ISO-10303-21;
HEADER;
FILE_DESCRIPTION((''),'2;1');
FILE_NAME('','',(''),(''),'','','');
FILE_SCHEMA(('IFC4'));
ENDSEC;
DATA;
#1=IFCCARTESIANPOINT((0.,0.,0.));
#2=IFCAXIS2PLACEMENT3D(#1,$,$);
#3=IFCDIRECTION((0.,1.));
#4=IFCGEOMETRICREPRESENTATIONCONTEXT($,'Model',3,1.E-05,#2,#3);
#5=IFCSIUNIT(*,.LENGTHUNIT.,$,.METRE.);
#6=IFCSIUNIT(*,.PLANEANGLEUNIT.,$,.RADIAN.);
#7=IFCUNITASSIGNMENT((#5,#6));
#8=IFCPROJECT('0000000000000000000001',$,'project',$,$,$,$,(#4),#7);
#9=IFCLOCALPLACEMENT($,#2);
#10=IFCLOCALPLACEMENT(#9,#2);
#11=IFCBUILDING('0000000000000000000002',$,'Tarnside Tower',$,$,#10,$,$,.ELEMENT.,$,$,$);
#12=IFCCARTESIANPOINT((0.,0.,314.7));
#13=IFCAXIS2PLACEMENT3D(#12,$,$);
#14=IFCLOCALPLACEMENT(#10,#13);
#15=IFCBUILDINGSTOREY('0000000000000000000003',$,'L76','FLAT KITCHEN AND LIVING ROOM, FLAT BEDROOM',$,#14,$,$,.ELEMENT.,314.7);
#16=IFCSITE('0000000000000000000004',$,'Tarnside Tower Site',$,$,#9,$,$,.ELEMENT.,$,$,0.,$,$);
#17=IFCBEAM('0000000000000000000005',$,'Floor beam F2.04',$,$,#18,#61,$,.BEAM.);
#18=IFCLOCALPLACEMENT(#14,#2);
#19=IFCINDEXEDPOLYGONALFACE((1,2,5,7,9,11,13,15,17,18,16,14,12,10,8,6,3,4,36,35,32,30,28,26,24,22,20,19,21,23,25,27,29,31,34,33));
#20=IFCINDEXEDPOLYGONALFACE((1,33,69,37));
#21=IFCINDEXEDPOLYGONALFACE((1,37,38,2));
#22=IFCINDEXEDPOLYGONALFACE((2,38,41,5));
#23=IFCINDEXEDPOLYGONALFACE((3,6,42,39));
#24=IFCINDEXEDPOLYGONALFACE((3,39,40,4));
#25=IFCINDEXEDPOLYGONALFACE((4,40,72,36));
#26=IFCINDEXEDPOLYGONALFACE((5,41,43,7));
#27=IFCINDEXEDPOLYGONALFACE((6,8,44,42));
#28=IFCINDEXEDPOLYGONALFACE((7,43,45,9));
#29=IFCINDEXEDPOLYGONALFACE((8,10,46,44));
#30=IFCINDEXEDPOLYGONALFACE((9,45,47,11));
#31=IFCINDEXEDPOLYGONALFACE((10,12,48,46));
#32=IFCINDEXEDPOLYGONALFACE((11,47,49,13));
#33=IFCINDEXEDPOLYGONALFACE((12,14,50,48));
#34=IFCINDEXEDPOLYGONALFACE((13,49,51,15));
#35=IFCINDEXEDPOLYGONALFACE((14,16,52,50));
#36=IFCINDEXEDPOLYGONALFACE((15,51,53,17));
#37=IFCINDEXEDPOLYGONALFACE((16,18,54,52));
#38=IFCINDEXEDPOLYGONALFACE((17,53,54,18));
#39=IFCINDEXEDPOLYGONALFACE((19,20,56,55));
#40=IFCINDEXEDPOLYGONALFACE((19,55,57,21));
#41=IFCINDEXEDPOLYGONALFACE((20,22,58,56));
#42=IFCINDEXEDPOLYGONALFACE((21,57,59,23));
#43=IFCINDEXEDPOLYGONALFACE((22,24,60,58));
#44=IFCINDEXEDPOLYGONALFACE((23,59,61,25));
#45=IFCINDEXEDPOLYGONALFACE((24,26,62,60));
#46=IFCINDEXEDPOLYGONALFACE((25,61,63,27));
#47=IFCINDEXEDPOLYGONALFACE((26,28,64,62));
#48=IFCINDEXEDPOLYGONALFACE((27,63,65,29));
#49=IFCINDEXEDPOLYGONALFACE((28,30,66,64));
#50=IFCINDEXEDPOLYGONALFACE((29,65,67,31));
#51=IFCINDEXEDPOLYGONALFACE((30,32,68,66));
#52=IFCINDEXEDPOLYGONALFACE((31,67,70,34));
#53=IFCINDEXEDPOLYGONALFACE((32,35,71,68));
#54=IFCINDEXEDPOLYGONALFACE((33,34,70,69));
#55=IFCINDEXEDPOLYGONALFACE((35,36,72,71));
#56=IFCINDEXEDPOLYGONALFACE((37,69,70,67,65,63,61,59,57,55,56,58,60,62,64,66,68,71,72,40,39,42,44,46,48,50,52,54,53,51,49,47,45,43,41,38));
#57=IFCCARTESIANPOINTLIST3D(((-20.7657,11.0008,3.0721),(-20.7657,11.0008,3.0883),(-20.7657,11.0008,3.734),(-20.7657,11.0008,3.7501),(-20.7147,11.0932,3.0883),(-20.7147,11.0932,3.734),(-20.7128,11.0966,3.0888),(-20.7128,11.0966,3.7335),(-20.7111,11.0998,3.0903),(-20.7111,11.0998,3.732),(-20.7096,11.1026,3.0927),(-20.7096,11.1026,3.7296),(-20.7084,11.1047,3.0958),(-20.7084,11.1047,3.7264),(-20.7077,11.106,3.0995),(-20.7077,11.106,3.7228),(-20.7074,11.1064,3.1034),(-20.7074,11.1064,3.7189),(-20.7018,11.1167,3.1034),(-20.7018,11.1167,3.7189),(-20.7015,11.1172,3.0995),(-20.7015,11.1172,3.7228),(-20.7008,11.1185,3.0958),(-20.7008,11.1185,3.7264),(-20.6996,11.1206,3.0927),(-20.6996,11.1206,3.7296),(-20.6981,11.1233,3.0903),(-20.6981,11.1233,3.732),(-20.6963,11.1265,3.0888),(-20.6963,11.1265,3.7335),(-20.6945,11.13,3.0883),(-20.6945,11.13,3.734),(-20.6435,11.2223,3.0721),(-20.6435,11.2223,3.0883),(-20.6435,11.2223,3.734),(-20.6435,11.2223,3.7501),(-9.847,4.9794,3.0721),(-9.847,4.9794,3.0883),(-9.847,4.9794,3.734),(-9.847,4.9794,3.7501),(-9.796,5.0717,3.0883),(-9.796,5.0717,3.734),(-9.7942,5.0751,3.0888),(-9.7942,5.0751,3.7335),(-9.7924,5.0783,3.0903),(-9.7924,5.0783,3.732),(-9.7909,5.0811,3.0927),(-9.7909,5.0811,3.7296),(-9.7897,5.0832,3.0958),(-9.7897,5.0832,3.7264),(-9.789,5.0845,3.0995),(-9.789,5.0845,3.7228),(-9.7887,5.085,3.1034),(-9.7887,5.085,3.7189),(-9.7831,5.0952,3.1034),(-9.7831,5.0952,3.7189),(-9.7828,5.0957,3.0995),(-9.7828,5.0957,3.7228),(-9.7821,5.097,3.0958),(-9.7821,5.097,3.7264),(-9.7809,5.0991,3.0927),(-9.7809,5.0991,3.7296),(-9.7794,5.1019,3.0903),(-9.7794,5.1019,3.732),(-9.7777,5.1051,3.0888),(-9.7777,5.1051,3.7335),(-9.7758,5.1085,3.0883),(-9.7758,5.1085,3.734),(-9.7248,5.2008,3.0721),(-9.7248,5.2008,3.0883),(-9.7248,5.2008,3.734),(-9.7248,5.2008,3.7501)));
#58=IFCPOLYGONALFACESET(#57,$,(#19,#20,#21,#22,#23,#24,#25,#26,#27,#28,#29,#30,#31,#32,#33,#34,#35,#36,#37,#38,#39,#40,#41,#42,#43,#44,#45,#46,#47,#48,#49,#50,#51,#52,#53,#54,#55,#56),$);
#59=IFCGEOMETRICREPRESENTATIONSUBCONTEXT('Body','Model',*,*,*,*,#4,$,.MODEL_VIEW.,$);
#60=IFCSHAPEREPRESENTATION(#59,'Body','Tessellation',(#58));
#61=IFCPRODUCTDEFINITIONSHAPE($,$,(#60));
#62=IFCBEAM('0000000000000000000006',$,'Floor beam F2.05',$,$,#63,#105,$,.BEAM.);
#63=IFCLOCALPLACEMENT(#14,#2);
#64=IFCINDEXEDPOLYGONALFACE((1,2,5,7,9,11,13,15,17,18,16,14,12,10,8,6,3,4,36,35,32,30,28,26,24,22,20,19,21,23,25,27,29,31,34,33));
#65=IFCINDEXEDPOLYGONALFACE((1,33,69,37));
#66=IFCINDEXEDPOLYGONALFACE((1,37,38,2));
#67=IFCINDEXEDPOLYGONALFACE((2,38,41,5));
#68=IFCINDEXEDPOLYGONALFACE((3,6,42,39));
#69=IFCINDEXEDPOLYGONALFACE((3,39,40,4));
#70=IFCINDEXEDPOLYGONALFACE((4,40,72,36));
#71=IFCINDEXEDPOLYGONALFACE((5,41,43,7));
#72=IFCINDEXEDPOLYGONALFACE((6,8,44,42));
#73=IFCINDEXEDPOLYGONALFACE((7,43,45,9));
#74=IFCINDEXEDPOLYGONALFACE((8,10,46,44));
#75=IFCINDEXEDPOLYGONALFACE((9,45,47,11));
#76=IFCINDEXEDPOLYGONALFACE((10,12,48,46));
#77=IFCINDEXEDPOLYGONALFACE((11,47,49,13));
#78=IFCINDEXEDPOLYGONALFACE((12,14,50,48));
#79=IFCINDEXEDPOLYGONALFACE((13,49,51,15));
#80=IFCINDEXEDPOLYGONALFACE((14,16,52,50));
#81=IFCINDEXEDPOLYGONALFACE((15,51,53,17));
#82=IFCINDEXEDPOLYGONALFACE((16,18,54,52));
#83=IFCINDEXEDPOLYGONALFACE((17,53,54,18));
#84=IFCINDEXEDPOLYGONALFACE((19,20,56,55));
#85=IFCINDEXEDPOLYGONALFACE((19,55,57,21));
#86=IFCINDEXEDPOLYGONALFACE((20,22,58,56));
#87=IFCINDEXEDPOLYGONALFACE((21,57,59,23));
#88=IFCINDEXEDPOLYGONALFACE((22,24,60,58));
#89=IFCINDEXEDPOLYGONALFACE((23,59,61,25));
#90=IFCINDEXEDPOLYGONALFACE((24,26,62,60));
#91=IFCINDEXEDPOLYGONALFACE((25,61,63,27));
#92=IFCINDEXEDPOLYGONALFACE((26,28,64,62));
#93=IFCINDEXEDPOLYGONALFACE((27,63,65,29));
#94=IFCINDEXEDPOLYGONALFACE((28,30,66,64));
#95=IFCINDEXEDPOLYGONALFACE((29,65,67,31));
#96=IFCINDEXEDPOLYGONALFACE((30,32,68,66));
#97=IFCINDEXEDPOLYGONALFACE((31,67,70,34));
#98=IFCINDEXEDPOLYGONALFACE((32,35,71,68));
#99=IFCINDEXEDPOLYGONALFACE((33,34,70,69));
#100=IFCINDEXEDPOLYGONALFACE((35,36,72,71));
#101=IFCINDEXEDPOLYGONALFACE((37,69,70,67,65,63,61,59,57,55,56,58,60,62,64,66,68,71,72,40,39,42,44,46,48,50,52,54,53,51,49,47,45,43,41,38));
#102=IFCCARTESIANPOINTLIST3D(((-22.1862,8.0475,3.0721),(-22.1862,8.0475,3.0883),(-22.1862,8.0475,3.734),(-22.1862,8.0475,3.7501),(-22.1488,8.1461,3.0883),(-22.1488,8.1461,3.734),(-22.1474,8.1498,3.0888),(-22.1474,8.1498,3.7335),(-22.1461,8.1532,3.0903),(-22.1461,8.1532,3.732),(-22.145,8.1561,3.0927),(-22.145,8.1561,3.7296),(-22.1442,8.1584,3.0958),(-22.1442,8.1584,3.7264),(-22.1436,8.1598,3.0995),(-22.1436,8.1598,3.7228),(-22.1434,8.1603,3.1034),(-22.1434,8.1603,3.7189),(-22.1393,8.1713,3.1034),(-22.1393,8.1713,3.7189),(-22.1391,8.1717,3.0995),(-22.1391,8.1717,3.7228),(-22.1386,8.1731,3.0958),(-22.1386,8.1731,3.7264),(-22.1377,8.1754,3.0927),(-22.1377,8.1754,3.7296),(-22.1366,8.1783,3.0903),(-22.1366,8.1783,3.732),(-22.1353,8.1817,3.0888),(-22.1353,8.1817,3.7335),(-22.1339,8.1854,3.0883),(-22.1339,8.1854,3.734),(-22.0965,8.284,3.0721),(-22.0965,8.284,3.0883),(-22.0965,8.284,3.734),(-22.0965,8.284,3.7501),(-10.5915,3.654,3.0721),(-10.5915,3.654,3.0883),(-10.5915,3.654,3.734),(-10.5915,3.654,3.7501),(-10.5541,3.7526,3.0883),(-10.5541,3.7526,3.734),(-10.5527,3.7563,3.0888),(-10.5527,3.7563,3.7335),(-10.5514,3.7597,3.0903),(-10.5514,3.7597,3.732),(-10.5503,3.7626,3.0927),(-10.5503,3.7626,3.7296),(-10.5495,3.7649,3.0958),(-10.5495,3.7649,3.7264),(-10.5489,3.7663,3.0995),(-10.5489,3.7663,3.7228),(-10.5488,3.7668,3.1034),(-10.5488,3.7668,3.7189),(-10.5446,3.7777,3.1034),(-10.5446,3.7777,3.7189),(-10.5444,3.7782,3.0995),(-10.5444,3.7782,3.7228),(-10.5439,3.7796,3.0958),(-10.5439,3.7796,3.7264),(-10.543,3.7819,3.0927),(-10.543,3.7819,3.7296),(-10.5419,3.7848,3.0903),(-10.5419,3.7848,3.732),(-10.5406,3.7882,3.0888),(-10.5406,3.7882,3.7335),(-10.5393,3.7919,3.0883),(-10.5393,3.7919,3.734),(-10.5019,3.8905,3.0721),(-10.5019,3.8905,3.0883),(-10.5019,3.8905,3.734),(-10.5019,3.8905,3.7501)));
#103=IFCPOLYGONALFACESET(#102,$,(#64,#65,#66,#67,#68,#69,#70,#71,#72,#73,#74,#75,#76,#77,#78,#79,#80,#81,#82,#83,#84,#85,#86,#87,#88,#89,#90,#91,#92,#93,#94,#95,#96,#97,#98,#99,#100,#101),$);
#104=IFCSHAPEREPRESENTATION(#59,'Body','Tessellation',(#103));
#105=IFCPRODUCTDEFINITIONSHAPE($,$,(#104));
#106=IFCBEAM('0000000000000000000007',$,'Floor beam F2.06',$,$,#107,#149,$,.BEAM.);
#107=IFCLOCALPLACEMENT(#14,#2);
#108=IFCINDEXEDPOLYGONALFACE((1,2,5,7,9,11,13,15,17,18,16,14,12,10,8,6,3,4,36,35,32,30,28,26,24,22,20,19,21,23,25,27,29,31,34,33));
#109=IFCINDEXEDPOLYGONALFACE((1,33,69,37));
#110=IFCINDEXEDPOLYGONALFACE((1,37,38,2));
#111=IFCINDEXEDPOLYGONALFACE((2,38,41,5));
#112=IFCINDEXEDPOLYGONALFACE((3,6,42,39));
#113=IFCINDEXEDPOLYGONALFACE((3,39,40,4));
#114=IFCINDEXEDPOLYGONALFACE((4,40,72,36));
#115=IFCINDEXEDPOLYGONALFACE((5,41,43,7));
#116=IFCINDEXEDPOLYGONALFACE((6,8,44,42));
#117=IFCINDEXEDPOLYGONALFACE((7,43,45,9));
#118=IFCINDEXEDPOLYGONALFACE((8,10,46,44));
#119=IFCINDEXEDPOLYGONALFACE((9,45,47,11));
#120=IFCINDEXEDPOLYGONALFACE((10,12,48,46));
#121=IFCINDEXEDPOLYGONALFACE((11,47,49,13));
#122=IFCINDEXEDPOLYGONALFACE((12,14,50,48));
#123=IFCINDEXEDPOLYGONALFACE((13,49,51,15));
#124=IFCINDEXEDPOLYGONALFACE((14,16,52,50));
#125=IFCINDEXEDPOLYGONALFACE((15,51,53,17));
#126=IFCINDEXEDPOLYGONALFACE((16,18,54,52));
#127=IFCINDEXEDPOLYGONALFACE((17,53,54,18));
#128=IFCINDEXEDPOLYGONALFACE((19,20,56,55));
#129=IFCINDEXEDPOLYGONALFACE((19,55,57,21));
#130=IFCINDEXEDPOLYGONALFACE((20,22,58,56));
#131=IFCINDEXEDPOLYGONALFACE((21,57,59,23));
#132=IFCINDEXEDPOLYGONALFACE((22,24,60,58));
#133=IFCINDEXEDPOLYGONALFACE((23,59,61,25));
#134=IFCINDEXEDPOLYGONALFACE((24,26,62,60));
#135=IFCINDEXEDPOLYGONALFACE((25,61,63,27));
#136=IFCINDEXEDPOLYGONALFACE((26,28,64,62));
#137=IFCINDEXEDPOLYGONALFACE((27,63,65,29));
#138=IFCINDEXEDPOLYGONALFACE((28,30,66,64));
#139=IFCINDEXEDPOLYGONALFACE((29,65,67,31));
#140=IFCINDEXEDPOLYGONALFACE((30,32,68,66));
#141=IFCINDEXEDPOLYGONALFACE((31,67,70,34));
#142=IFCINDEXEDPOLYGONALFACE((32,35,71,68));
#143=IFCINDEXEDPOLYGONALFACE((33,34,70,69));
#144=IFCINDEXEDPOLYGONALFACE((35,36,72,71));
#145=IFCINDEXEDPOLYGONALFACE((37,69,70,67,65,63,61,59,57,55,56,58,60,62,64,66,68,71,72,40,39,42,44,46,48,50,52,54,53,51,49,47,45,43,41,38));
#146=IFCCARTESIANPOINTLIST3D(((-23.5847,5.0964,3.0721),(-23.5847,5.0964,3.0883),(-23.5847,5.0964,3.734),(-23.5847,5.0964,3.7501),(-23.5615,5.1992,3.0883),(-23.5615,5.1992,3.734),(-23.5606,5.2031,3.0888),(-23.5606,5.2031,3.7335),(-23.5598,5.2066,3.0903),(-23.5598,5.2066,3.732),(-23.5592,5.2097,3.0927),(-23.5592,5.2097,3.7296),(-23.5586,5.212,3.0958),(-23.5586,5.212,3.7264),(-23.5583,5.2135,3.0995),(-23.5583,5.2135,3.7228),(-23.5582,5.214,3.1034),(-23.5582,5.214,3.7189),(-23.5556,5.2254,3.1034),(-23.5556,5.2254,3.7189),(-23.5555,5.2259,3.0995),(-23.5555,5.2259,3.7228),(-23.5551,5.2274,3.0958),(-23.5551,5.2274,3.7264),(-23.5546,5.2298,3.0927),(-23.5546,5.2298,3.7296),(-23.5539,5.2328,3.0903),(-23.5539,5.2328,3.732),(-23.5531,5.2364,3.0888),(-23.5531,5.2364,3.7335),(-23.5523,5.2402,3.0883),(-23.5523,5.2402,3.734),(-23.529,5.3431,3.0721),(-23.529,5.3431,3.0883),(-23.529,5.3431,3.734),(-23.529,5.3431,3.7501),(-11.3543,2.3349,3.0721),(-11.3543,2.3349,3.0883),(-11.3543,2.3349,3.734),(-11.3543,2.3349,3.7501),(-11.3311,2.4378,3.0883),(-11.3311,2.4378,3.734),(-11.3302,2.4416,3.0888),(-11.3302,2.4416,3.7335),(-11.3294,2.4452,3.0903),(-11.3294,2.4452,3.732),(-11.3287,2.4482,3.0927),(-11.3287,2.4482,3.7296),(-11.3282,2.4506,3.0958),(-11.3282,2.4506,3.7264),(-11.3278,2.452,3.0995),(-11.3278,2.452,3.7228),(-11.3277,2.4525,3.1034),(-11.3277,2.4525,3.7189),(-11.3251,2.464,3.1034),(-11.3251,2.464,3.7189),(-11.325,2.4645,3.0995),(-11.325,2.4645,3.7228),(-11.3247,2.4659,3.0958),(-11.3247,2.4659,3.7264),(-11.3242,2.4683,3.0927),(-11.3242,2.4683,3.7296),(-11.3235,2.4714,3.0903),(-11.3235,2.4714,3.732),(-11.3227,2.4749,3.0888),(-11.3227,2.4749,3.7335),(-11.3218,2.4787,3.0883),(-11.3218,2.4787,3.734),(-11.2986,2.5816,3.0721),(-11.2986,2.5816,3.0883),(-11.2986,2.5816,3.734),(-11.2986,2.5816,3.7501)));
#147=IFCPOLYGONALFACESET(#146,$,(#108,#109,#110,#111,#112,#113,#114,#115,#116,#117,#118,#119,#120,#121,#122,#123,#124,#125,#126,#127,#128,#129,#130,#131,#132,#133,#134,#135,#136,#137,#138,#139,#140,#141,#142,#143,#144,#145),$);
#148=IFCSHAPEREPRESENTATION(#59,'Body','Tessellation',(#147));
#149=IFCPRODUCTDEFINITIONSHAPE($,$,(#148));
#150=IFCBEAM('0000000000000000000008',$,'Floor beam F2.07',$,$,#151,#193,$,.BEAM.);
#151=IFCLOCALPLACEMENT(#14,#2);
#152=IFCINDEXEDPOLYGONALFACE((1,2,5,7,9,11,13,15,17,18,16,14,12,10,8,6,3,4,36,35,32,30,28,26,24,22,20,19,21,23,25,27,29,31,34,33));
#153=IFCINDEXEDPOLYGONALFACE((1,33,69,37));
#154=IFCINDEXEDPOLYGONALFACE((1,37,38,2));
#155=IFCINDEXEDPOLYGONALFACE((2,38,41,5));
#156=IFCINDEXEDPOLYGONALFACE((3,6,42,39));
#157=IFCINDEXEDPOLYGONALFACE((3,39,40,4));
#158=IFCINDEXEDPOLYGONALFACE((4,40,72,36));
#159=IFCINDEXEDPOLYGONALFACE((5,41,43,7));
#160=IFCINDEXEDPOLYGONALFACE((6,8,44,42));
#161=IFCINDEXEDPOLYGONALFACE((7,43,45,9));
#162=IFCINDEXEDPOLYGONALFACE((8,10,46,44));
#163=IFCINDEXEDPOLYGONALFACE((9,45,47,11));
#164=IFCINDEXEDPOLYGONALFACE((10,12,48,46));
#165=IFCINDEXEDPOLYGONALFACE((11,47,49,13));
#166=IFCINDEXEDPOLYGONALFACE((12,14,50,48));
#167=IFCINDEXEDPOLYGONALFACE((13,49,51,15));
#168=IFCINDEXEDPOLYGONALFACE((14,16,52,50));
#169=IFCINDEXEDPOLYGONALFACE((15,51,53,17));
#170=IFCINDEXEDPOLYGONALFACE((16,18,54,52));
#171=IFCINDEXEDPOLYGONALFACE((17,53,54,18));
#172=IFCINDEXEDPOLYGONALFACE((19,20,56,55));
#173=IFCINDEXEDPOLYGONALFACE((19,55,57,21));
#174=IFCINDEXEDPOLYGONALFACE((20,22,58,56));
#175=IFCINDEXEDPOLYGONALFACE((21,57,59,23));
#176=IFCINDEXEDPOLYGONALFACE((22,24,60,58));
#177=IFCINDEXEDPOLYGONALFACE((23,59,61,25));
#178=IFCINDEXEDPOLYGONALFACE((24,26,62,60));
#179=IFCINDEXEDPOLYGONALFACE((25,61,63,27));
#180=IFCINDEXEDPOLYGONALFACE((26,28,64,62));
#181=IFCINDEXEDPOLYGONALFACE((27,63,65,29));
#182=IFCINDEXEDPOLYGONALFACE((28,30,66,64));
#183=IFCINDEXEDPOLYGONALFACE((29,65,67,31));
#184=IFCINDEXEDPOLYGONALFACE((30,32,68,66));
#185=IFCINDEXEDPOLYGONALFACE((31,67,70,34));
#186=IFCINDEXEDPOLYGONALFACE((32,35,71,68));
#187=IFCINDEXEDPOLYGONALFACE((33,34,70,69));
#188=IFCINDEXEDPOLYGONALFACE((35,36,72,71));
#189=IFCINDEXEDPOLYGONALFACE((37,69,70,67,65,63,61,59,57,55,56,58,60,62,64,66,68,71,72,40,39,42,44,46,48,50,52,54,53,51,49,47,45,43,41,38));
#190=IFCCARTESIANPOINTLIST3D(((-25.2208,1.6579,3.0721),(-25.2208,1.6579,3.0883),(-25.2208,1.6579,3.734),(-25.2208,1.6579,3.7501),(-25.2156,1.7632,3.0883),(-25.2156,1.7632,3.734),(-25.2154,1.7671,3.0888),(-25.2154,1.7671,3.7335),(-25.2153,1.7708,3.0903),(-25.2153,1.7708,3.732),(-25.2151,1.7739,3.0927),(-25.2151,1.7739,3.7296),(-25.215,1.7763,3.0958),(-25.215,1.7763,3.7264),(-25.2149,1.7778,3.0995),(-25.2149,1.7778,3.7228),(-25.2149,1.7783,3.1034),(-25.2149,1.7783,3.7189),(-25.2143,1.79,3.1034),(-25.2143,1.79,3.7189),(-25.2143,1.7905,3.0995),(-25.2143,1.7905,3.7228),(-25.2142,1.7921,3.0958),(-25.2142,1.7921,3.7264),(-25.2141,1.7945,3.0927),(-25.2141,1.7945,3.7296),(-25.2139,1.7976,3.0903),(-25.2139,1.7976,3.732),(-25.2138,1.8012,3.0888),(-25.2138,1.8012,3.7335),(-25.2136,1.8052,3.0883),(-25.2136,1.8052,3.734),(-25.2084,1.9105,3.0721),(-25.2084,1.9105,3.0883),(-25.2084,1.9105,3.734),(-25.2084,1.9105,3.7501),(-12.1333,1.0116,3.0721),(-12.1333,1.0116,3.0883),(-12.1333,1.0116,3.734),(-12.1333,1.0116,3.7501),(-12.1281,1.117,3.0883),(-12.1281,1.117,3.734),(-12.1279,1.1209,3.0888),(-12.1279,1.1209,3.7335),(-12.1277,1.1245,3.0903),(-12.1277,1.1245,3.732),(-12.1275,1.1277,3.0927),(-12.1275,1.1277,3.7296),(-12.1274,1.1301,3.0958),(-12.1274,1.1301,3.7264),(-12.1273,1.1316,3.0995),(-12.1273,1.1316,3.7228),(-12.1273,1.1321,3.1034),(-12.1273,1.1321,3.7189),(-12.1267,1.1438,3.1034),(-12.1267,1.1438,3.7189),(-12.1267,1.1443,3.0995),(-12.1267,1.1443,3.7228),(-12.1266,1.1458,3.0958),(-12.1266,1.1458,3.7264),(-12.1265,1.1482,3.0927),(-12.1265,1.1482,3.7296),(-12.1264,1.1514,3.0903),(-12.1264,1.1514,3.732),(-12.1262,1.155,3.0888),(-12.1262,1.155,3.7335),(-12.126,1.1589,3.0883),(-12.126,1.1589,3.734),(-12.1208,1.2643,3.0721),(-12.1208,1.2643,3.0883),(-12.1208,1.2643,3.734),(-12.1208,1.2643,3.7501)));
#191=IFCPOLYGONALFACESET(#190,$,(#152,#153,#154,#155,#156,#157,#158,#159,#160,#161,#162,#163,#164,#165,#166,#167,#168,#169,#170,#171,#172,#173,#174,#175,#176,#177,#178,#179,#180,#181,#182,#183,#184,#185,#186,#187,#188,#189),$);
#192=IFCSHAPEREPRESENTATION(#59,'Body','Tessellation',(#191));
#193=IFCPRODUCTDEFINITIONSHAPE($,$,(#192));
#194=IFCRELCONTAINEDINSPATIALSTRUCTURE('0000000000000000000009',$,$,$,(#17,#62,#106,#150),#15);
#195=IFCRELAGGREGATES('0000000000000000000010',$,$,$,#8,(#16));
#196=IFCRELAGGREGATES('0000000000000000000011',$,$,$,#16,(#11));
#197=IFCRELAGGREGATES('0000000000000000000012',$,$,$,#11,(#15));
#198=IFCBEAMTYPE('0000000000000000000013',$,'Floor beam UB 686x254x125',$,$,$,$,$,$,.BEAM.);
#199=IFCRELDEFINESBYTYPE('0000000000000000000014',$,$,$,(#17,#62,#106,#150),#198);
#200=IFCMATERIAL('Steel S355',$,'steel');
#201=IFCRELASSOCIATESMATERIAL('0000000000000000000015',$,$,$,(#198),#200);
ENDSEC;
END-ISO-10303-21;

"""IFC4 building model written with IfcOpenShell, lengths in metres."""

from ifc_helpers import new_model, si_unit, direction, frame, origin, origin_2d, place, context, subcontext, project, spatial, i_section, extrude, material, material_profile, profile_set, type_object, element, save


model = new_model("IFC4")

# Units and contexts
model_context = context("Model", 3, precision=1e-05, world=origin(), true_north=direction((0.0, 1.0)))
body_context = subcontext(model_context, "Body", "Model", "MODEL_VIEW")
ifc_project = project(units=[si_unit("LENGTHUNIT", "METRE"), si_unit("PLANEANGLEUNIT", "RADIAN")], contexts=[model_context])

# Site, building, storey
site_placement = place(None, origin())
site = spatial("IfcSite", under=ifc_project, at=site_placement, Name="Tarnside Tower Site", CompositionType="ELEMENT", RefElevation=0.0)
building_placement = place(site_placement, origin())
building = spatial("IfcBuilding", under=site, at=building_placement, Name="Tarnside Tower", CompositionType="ELEMENT")
storey_placement = place(building_placement, frame((0.0, 0.0, 314.7)))
storey = spatial("IfcBuildingStorey", under=building, at=storey_placement, Name="L76", Description="FLAT KITCHEN AND LIVING ROOM, FLAT BEDROOM", CompositionType="ELEMENT", Elevation=314.7)

# Beams
ifc_material_1 = material(Name="Steel S355", Category="steel")
ifc_material_profile = material_profile(ifc_material_1, i_section(OverallWidth=0.2529, OverallDepth=0.678, WebThickness=0.0117, FlangeThickness=0.0161, FilletRadius=0.0151, at=origin_2d()), Name="UB 686x254x125")
ifc_profile_set = profile_set([ifc_material_profile], Name="Steel S355")
beam_type = type_object("IfcBeamType", Name="Floor beam UB 686x254x125", PredefinedType="BEAM", material=ifc_profile_set)
beam_1_placement = place(storey_placement, frame((-20.7046, 11.1116, 3.4111), z_axis=(0.875667, -0.482916, 0.0), x_axis=(0.482916, 0.875667, 0.0)))
element("IfcBeam", 1, at=beam_1_placement, inside=storey, type_object=beam_type, Name="Floor beam F2.04", PredefinedType="BEAM", context=body_context, shape_type="SweptSolid", body=[
    extrude(i_section(OverallWidth=0.2529, OverallDepth=0.678, WebThickness=0.0117, FlangeThickness=0.0161, FilletRadius=0.0151, at=origin_2d()), origin(), (0.0, 0.0, 1.0), 12.469),
])
beam_2_placement = place(storey_placement, frame((-22.1414, 8.1658, 3.4111), z_axis=(0.935116, -0.354341, 0.0), x_axis=(0.354341, 0.935116, 0.0)))
element("IfcBeam", 2, at=beam_2_placement, inside=storey, type_object=beam_type, Name="Floor beam F2.05", PredefinedType="BEAM", context=body_context, shape_type="SweptSolid", body=[
    extrude(i_section(OverallWidth=0.2529, OverallDepth=0.678, WebThickness=0.0117, FlangeThickness=0.0161, FilletRadius=0.0151, at=origin_2d()), origin(), (0.0, 0.0, 1.0), 12.3992),
])
beam_3_placement = place(storey_placement, frame((-23.5569, 5.2197, 3.4111), z_axis=(0.975445, -0.220242, 0.0), x_axis=(0.220242, 0.975445, 0.0)))
element("IfcBeam", 3, at=beam_3_placement, inside=storey, type_object=beam_type, Name="Floor beam F2.06", PredefinedType="BEAM", context=body_context, shape_type="SweptSolid", body=[
    extrude(i_section(OverallWidth=0.2529, OverallDepth=0.678, WebThickness=0.0117, FlangeThickness=0.0161, FilletRadius=0.0151, at=origin_2d()), origin(), (0.0, 0.0, 1.0), 12.5383),
])
beam_4_placement = place(storey_placement, frame((-25.2146, 1.7842, 3.4111), z_axis=(0.998783, -0.049318, 0.0), x_axis=(0.049318, 0.998783, 0.0)))
element("IfcBeam", 4, at=beam_4_placement, inside=storey, type_object=beam_type, Name="Floor beam F2.07", PredefinedType="BEAM", context=body_context, shape_type="SweptSolid", body=[
    extrude(i_section(OverallWidth=0.2529, OverallDepth=0.678, WebThickness=0.0117, FlangeThickness=0.0161, FilletRadius=0.0151, at=origin_2d()), origin(), (0.0, 0.0, 1.0), 13.1035),
])

save(model, "model.ifc")
